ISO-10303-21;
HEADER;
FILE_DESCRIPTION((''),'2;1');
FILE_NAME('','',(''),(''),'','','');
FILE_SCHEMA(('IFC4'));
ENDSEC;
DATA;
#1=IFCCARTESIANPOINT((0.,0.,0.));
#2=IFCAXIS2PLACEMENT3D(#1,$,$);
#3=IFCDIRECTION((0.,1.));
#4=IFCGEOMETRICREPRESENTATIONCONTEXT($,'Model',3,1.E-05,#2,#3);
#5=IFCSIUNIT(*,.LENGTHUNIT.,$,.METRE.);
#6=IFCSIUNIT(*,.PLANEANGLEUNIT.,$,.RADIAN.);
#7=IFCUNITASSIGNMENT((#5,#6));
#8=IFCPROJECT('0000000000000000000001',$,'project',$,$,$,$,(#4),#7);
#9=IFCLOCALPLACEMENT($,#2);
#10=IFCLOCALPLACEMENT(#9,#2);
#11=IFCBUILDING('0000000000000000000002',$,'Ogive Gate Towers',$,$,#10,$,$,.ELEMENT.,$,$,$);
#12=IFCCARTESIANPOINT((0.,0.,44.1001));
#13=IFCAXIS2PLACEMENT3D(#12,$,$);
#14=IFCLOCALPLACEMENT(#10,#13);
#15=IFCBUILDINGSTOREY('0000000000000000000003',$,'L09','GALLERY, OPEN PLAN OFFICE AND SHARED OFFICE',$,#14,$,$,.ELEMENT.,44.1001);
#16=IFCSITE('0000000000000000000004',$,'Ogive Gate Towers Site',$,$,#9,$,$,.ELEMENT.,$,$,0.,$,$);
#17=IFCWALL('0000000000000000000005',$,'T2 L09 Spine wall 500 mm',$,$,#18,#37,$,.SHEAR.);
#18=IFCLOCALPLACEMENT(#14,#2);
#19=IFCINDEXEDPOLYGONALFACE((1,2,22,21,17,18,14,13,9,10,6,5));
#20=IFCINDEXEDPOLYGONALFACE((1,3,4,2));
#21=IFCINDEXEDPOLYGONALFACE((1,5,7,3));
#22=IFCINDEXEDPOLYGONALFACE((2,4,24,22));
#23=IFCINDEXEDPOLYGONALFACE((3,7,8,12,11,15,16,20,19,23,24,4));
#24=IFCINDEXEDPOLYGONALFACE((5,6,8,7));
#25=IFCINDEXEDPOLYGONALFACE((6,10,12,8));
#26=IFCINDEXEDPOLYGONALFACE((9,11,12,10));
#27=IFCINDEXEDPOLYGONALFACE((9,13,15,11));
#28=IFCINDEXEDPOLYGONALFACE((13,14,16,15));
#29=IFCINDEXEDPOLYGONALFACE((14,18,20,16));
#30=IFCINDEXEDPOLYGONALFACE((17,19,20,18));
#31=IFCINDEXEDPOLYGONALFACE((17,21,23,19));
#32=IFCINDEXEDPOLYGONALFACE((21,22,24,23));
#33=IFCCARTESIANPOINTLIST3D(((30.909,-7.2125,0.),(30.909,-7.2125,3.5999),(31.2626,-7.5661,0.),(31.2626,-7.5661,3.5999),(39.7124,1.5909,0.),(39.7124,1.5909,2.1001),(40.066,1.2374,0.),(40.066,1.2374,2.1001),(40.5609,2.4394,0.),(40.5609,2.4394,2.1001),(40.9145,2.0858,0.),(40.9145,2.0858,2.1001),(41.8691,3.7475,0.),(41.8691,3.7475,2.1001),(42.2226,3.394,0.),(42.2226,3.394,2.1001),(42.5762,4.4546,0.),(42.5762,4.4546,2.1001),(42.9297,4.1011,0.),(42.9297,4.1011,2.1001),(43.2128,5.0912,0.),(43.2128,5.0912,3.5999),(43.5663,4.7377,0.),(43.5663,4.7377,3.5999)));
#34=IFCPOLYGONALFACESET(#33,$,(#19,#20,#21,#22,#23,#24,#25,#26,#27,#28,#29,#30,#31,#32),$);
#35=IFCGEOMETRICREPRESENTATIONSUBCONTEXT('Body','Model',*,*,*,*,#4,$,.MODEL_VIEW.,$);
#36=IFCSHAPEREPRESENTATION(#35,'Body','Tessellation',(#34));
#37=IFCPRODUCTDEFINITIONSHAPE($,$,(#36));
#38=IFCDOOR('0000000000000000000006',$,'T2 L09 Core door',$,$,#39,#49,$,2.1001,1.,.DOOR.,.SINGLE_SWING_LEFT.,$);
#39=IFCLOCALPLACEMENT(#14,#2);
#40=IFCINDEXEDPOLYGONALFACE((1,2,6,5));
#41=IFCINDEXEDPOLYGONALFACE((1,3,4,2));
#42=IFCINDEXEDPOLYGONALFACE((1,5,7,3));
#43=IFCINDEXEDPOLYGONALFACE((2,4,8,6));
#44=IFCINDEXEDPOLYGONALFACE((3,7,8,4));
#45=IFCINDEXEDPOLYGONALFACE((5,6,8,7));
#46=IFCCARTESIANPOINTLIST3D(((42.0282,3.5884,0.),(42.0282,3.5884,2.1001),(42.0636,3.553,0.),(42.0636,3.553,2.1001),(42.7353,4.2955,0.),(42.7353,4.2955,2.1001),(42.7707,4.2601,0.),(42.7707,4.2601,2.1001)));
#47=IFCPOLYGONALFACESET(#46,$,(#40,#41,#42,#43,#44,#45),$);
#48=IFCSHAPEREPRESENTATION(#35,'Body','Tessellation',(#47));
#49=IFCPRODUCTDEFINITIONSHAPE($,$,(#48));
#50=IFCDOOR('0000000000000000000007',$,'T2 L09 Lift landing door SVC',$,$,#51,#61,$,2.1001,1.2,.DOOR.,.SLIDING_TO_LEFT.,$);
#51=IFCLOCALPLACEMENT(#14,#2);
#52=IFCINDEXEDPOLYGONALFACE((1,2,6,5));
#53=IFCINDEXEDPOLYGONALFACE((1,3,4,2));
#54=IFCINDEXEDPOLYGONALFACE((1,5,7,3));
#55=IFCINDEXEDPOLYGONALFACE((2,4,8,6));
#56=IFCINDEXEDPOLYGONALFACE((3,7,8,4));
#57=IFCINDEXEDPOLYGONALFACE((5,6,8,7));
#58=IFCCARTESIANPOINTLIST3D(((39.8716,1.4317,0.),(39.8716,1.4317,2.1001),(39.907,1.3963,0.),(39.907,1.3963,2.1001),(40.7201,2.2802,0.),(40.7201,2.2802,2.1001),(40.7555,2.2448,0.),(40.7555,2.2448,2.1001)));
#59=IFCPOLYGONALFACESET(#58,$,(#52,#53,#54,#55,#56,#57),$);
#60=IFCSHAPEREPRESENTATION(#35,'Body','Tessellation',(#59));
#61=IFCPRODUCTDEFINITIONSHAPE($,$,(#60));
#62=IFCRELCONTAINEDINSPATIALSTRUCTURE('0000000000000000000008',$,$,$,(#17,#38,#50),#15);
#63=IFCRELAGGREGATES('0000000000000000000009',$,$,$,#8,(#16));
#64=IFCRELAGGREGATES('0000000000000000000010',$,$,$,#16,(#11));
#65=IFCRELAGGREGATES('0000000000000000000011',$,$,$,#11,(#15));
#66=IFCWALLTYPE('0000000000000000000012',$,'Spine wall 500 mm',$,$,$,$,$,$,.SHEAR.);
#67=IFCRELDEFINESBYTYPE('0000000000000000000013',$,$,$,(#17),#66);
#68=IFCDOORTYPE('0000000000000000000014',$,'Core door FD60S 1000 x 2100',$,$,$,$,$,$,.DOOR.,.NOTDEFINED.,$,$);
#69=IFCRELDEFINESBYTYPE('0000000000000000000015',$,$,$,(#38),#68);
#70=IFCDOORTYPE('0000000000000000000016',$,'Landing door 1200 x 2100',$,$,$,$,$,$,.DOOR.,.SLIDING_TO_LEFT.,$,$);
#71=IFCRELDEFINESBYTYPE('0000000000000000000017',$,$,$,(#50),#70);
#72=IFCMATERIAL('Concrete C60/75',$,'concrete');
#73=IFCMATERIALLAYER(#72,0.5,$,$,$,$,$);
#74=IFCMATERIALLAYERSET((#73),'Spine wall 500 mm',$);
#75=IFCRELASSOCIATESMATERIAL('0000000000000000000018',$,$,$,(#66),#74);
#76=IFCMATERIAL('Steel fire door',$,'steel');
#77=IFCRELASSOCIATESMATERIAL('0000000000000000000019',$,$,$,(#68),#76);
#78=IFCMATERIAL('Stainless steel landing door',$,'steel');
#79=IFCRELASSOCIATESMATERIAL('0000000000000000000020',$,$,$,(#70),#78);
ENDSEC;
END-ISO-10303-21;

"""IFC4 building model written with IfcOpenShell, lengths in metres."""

from ifc_helpers import new_model, si_unit, direction, frame, frame_2d, origin, place, context, subcontext, project, spatial, rectangle, extrude, material, layer, layer_set, type_object, element, fill, save


model = new_model("IFC4")

# Units and contexts
model_context = context("Model", 3, precision=1e-05, world=origin(), true_north=direction((0.0, 1.0)))
body_context = subcontext(model_context, "Body", "Model", "MODEL_VIEW")
ifc_project = project(units=[si_unit("LENGTHUNIT", "METRE"), si_unit("PLANEANGLEUNIT", "RADIAN")], contexts=[model_context])

# Site, building, storey
site_placement = place(None, origin())
site = spatial("IfcSite", under=ifc_project, at=site_placement, Name="Ogive Gate Towers Site", CompositionType="ELEMENT", RefElevation=0.0)
building_placement = place(site_placement, origin())
building = spatial("IfcBuilding", under=site, at=building_placement, Name="Ogive Gate Towers", CompositionType="ELEMENT")
storey_placement = place(building_placement, frame((0.0, 0.0, 44.1001)))
storey = spatial("IfcBuildingStorey", under=building, at=storey_placement, Name="L09", Description="GALLERY, OPEN PLAN OFFICE AND SHARED OFFICE", CompositionType="ELEMENT", Elevation=44.1001)

# Shared definitions
ifc_material_1 = material(Name="Concrete C60/75", Category="concrete")

# Wall, openings, doors
ifc_layer_1 = layer(ifc_material_1, 0.5)
ifc_layer_set_1 = layer_set([ifc_layer_1], Name="Spine wall 500 mm")
wall_type_1 = type_object("IfcWallType", Name="Spine wall 500 mm", PredefinedType="SHEAR", material=ifc_layer_set_1)
wall_1_placement = place(storey_placement, frame((31.0857, -7.3894, 0.0), z_axis=(0.0, 0.0, 1.0), x_axis=(0.707107, 0.707107, 0.0)))
wall_1 = element("IfcWall", 1, at=wall_1_placement, inside=storey, type_object=wall_type_1, Name="T2 L09 Spine wall 500 mm", PredefinedType="SHEAR", context=body_context, shape_type="SweptSolid", body=[
    extrude(rectangle(XDim=17.4001, YDim=0.5, at=frame_2d((8.7002, 0.0))), origin(), (0.0, 0.0, 1.0), 3.5999),
])
opening_1_placement = place(wall_1_placement, frame((12.45, 0.0, 0.0)))
opening_1 = element("IfcOpeningElement", 2, at=opening_1_placement, cuts=wall_1, PredefinedType="OPENING", context=body_context, shape_type="SweptSolid", body=[
    extrude(rectangle(XDim=1.2, YDim=2.1001, at=frame_2d((0.6001, 1.05))), frame((0.0, 0.26, 0.0), z_axis=(0.0, -1.0, 0.0), x_axis=(1.0, 0.0, 0.0)), (0.0, 0.0, 1.0), 0.52),
])
opening_2_placement = place(wall_1_placement, frame((15.5, 0.0, 0.0)))
opening_2 = element("IfcOpeningElement", 3, at=opening_2_placement, cuts=wall_1, PredefinedType="OPENING", context=body_context, shape_type="SweptSolid", body=[
    extrude(rectangle(XDim=1.0, YDim=2.1001, at=frame_2d((0.5, 1.05))), frame((0.0, 0.26, 0.0), z_axis=(0.0, -1.0, 0.0), x_axis=(1.0, 0.0, 0.0)), (0.0, 0.0, 1.0), 0.52),
])
ifc_material_2 = material(Name="Steel fire door", Category="steel")
door_type_1 = type_object("IfcDoorType", Name="Core door FD60S 1000 x 2100", OperationType="NOTDEFINED", PredefinedType="DOOR", material=ifc_material_2)
door_1_placement = place(opening_2_placement, origin())
door_1 = element("IfcDoor", 4, at=door_1_placement, inside=storey, type_object=door_type_1, Name="T2 L09 Core door", OperationType="SINGLE_SWING_LEFT", OverallHeight=2.1001, OverallWidth=1.0, PredefinedType="DOOR", context=body_context, shape_type="SweptSolid", body=[
    extrude(rectangle(XDim=1.0, YDim=2.1001, at=frame_2d((0.5, 1.05))), frame((0.0, 0.0249, 0.0), z_axis=(0.0, -1.0, 0.0), x_axis=(1.0, 0.0, 0.0)), (0.0, 0.0, 1.0), 0.05),
])
fill(opening_2, door_1)
ifc_material_3 = material(Name="Stainless steel landing door", Category="steel")
door_type_2 = type_object("IfcDoorType", Name="Landing door 1200 x 2100", OperationType="SLIDING_TO_LEFT", PredefinedType="DOOR", material=ifc_material_3)
door_2_placement = place(opening_1_placement, origin())
door_2 = element("IfcDoor", 5, at=door_2_placement, inside=storey, type_object=door_type_2, Name="T2 L09 Lift landing door SVC", OperationType="SLIDING_TO_LEFT", OverallHeight=2.1001, OverallWidth=1.2, PredefinedType="DOOR", context=body_context, shape_type="SweptSolid", body=[
    extrude(rectangle(XDim=1.2, YDim=2.1001, at=frame_2d((0.6001, 1.05))), frame((0.0, 0.0249, 0.0), z_axis=(0.0, -1.0, 0.0), x_axis=(1.0, 0.0, 0.0)), (0.0, 0.0, 1.0), 0.05),
])
fill(opening_1, door_2)

save(model, "model.ifc")
